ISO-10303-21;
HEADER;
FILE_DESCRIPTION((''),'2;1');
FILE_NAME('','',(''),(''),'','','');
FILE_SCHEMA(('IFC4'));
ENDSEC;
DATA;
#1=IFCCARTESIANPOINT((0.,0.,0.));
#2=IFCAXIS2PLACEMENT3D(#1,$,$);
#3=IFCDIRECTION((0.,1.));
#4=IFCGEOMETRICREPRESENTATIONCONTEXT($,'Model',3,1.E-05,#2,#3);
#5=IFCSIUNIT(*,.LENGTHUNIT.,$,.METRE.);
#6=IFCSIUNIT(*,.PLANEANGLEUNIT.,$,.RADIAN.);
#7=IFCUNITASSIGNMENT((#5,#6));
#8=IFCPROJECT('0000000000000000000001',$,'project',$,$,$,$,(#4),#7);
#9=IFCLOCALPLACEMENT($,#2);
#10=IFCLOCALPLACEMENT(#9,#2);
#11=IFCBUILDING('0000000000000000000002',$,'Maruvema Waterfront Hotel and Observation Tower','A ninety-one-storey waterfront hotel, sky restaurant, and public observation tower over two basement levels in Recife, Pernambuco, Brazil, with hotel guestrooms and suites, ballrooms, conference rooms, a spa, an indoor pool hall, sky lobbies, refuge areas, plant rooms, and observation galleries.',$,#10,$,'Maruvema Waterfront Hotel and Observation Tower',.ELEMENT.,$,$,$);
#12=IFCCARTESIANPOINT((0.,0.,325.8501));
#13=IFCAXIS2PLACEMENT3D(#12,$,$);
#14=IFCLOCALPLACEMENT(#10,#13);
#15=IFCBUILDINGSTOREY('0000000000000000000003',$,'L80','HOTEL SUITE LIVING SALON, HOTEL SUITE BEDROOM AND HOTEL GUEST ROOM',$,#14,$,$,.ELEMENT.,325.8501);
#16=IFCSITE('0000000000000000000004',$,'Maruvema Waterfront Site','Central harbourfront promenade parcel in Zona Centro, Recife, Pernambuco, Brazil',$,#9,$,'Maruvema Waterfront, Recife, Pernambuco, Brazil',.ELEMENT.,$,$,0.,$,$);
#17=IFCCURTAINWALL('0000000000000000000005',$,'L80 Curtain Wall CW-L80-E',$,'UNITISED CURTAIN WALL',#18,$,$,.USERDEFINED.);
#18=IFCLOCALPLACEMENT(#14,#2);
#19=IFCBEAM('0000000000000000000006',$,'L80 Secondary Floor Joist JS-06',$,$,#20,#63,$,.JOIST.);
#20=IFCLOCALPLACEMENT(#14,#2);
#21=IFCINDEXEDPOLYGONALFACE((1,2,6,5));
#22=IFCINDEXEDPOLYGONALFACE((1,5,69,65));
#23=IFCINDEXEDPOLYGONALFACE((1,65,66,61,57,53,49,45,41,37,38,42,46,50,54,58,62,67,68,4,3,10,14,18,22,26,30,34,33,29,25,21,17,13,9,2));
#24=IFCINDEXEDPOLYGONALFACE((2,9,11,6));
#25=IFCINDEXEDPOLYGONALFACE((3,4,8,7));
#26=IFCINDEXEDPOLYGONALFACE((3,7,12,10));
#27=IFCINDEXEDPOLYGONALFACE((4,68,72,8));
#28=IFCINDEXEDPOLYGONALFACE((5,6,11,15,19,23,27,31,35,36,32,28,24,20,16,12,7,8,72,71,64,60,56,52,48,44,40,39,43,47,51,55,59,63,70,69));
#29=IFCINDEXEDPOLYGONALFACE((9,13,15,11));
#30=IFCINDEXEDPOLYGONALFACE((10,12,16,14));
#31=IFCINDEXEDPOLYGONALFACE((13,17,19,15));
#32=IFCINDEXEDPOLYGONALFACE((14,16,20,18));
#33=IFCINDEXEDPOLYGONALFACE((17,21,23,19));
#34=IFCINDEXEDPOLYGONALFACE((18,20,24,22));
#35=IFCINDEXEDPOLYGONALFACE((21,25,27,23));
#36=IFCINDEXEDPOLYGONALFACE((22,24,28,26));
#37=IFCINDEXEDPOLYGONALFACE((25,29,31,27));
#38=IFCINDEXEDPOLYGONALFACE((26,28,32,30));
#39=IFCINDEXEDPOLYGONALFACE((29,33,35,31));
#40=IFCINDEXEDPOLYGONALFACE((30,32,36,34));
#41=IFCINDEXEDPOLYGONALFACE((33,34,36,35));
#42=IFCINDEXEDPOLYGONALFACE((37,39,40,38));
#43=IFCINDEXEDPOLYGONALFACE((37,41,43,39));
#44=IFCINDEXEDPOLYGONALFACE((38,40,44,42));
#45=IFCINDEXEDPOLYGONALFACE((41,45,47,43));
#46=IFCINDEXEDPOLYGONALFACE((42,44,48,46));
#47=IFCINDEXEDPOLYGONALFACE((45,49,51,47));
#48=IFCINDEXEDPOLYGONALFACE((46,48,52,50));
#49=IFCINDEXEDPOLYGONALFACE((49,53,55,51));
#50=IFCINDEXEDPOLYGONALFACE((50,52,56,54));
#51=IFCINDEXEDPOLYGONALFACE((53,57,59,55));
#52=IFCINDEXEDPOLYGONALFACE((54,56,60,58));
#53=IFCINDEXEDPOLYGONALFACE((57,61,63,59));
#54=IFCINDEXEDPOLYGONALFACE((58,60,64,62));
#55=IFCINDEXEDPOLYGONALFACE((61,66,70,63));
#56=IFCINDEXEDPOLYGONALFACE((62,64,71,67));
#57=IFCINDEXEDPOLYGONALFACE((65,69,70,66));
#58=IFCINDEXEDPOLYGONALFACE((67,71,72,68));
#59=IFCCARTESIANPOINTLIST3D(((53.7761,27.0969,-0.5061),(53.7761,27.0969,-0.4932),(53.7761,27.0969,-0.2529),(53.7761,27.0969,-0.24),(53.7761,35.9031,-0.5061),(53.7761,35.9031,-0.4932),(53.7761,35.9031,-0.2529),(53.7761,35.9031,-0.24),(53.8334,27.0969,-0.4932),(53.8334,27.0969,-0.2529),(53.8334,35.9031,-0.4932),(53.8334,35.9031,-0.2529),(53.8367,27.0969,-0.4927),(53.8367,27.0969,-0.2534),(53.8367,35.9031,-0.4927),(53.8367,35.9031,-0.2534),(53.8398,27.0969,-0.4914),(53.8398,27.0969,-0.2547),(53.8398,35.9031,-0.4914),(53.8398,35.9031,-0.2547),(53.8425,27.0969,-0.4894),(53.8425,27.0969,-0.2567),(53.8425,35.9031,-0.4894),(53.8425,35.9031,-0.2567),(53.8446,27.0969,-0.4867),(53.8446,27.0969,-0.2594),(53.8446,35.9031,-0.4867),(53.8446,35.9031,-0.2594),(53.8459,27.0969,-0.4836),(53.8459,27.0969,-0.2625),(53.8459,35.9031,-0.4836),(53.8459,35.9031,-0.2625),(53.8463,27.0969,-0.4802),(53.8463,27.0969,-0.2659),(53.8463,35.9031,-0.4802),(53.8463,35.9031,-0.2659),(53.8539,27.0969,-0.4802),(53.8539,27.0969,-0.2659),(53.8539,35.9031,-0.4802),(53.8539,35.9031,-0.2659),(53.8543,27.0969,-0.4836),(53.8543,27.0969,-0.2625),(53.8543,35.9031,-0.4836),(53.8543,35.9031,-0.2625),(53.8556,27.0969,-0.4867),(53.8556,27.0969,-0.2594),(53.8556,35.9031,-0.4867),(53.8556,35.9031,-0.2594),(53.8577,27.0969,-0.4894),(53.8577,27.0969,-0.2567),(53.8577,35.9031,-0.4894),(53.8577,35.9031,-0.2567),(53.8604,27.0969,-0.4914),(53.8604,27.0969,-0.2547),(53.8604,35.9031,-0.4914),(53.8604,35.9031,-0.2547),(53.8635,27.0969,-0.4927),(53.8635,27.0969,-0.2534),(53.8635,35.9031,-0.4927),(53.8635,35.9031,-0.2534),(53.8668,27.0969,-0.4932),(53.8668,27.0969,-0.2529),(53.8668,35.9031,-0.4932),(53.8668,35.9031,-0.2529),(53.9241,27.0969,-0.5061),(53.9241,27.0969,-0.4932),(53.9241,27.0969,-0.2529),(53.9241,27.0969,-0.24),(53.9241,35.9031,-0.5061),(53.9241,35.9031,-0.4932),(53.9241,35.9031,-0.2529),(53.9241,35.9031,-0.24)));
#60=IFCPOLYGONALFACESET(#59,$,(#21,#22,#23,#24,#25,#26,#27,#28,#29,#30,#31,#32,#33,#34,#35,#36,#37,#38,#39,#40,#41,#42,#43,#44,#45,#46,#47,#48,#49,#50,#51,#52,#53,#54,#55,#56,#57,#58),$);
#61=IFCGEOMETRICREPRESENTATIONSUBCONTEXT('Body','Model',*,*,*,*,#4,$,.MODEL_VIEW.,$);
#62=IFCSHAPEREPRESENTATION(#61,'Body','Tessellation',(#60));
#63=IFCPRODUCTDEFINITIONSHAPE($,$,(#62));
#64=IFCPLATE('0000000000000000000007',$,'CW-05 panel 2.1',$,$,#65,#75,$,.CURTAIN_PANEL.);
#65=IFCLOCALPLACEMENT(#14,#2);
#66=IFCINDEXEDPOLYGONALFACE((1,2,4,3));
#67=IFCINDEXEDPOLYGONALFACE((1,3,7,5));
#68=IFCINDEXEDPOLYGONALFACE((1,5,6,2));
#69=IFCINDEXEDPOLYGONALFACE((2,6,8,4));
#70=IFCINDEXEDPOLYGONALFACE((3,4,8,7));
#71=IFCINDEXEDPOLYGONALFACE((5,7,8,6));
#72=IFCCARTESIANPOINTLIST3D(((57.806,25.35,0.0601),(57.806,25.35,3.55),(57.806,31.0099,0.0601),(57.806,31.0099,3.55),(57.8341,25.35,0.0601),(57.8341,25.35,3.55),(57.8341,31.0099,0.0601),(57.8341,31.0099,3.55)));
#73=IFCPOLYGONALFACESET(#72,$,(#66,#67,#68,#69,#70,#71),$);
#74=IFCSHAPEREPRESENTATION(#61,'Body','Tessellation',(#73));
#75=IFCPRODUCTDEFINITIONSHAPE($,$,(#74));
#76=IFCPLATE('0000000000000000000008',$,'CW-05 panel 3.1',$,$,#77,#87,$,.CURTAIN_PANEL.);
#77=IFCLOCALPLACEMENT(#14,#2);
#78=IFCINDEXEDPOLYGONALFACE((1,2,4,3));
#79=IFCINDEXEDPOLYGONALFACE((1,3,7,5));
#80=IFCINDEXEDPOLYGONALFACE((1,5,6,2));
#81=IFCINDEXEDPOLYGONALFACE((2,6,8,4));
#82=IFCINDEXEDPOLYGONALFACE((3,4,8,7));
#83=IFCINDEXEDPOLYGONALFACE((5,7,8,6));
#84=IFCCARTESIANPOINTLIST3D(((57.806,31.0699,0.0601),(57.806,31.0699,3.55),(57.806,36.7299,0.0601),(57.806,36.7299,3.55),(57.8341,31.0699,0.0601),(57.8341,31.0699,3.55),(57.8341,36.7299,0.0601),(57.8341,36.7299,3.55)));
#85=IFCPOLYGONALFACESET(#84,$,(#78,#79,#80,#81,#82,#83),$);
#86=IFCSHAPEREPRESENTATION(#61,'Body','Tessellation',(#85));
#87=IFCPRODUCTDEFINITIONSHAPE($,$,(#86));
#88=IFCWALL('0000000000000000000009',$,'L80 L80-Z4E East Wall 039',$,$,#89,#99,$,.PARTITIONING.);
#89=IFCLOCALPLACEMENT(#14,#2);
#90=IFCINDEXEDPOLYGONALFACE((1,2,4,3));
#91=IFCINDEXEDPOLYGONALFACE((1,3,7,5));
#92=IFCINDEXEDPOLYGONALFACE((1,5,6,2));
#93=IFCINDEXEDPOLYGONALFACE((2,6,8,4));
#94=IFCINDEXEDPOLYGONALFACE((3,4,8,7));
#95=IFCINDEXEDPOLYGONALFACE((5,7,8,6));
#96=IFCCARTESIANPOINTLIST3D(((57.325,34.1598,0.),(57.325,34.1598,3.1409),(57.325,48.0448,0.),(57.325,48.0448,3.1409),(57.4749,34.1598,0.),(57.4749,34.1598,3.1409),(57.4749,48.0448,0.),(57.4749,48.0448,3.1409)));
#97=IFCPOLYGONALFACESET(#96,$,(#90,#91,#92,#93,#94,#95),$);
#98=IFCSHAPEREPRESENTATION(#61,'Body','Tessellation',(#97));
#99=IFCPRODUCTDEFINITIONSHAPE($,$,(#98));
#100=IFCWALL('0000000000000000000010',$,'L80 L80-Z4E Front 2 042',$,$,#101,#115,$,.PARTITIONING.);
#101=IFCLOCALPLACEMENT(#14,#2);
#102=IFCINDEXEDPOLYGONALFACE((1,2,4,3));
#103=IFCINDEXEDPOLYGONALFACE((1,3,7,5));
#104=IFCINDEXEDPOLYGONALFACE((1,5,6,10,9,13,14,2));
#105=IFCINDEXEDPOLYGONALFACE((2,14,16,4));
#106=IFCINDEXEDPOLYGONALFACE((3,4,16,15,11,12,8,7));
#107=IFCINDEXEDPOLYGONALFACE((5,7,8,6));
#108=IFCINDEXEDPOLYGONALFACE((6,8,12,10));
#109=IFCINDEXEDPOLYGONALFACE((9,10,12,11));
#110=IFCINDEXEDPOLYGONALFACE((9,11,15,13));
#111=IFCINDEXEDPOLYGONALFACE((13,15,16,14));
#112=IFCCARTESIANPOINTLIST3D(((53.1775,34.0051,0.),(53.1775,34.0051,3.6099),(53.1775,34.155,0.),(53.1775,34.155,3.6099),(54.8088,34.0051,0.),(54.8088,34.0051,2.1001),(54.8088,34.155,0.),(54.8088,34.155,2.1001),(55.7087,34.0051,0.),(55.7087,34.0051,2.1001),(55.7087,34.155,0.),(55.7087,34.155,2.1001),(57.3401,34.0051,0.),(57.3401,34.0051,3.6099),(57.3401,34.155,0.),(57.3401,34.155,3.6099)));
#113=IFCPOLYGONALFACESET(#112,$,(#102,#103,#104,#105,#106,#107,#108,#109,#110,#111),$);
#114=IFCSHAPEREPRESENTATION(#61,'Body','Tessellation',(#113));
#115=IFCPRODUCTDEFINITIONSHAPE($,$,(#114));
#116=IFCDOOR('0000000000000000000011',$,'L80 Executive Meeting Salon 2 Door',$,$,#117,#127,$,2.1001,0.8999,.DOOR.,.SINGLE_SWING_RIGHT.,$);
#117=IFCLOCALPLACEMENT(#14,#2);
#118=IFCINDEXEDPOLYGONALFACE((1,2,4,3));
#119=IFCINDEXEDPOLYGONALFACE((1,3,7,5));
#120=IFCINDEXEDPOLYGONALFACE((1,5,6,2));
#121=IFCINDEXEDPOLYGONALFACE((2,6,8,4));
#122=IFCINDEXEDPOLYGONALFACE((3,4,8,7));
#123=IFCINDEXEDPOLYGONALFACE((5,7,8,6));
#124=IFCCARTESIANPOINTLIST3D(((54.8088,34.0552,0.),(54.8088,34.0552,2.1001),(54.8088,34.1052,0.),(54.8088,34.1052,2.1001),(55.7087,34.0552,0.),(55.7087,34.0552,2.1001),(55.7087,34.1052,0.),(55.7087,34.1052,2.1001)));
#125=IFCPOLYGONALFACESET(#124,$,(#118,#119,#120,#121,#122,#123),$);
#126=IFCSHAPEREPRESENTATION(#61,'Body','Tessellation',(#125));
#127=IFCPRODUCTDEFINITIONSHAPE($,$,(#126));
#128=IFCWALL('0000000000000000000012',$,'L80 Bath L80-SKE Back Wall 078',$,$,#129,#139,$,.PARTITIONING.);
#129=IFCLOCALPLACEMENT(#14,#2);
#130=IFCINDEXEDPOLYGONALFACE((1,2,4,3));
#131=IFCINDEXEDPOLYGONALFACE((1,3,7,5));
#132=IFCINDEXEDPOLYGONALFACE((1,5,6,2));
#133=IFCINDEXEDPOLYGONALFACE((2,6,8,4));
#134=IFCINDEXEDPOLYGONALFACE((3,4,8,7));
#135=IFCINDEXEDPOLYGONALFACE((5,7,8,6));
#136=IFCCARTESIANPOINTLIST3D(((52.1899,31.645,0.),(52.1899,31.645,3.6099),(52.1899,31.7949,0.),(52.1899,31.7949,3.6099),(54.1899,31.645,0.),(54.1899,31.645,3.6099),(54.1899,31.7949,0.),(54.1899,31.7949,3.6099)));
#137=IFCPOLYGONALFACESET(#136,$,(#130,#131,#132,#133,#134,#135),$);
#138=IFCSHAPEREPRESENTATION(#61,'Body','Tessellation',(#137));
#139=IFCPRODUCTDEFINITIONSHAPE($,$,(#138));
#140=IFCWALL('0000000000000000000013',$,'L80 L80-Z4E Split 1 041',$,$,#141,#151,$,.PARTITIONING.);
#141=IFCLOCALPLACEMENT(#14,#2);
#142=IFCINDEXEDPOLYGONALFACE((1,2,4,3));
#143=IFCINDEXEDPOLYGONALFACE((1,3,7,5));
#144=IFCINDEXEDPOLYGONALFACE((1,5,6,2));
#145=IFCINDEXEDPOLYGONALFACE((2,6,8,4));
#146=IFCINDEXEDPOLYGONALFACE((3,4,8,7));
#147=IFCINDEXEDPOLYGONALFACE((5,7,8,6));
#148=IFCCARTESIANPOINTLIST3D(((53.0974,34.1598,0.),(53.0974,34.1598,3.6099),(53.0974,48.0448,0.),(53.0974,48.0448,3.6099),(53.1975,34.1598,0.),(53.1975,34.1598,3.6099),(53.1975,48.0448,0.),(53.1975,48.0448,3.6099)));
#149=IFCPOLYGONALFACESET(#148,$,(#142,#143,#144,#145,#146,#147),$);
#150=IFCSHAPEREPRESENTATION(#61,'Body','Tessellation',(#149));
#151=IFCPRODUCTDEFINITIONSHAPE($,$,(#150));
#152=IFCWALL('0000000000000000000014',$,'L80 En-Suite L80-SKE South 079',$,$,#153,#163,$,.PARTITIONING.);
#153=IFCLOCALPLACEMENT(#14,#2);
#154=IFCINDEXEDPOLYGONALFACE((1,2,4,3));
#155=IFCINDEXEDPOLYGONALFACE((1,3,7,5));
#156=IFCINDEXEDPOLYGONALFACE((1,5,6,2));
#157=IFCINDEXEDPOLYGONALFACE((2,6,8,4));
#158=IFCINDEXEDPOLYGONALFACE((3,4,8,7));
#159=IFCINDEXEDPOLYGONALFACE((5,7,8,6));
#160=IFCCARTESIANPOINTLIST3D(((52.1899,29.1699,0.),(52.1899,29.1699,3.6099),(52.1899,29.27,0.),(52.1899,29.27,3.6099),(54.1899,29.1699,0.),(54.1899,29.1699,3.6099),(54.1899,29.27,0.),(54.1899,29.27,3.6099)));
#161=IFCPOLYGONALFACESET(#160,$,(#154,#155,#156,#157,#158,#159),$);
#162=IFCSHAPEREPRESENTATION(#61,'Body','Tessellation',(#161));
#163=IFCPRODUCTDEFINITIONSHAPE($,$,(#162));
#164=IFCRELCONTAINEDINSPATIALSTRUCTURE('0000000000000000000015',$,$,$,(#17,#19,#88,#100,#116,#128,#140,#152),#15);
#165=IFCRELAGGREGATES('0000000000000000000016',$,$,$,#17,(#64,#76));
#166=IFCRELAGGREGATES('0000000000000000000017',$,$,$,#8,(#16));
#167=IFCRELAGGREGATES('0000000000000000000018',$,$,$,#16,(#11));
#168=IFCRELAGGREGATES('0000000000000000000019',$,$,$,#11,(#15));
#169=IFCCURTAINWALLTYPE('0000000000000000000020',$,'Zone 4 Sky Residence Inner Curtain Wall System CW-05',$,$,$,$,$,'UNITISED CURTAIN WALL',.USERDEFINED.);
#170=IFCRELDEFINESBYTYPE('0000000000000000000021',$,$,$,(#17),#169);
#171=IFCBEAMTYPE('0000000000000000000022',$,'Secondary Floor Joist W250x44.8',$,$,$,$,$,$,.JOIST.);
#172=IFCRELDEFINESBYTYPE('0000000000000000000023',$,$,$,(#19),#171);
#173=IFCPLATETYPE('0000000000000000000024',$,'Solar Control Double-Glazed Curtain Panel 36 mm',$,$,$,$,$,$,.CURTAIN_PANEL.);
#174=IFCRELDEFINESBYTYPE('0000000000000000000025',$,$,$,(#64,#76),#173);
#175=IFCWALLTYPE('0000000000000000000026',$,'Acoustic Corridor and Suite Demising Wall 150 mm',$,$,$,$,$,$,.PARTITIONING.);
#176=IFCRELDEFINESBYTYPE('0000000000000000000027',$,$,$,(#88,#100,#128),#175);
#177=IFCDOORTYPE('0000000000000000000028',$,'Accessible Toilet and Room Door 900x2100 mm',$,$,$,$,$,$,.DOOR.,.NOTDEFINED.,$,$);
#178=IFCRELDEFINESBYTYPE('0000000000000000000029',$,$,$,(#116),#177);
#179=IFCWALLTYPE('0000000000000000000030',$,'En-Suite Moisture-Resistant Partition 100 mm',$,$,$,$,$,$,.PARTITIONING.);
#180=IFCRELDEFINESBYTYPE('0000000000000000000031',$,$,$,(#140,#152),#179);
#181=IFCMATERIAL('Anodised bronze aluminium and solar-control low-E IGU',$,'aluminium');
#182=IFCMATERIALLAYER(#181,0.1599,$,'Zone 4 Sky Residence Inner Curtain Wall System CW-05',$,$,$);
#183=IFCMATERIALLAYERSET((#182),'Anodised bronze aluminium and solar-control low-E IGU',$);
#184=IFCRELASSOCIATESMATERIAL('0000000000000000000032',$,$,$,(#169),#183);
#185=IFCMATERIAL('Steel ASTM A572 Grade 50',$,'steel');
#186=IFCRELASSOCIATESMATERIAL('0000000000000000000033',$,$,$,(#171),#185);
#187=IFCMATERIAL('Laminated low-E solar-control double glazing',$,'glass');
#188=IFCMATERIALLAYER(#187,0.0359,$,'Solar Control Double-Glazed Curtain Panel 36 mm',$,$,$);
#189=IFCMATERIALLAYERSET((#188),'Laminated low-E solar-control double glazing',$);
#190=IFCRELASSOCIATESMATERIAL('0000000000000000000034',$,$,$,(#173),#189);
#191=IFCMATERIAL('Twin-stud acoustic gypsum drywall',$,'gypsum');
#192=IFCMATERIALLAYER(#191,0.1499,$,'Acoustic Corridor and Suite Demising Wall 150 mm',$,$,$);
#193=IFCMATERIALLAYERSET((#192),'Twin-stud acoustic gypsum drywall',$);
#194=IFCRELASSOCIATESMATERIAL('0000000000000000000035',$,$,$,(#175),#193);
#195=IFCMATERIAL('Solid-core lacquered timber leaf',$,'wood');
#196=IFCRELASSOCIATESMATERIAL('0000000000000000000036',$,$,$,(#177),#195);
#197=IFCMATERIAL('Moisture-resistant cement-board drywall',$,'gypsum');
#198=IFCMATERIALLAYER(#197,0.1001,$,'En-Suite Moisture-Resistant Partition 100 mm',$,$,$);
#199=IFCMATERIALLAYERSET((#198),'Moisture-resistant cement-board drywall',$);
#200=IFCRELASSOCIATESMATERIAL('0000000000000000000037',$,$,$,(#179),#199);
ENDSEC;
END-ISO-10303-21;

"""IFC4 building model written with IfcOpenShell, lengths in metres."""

from ifc_helpers import new_model, si_unit, direction, frame, frame_2d, origin, origin_2d, place, context, subcontext, project, spatial, rectangle, i_section, extrude, material, layer, layer_set, material_profile, profile_set, type_object, element, fill, aggregate, save


model = new_model("IFC4")

# Units and contexts
model_context = context("Model", 3, precision=1e-05, world=origin(), true_north=direction((0.0, 1.0)))
body_context = subcontext(model_context, "Body", "Model", "MODEL_VIEW")
ifc_project = project(units=[si_unit("LENGTHUNIT", "METRE"), si_unit("PLANEANGLEUNIT", "RADIAN")], contexts=[model_context])

# Site, building, storey
site_placement = place(None, origin())
site = spatial("IfcSite", under=ifc_project, at=site_placement, Name="Maruvema Waterfront Site", Description="Central harbourfront promenade parcel in Zona Centro, Recife, Pernambuco, Brazil", LongName="Maruvema Waterfront, Recife, Pernambuco, Brazil", CompositionType="ELEMENT", RefElevation=0.0)
building_placement = place(site_placement, origin())
building = spatial("IfcBuilding", under=site, at=building_placement, Name="Maruvema Waterfront Hotel and Observation Tower", Description="A ninety-one-storey waterfront hotel, sky restaurant, and public observation tower over two basement levels in Recife, Pernambuco, Brazil, with hotel guestrooms and suites, ballrooms, conference rooms, a spa, an indoor pool hall, sky lobbies, refuge areas, plant rooms, and observation galleries.", LongName="Maruvema Waterfront Hotel and Observation Tower", CompositionType="ELEMENT")
storey_placement = place(building_placement, frame((0.0, 0.0, 325.8501)))
storey = spatial("IfcBuildingStorey", under=building, at=storey_placement, Name="L80", Description="HOTEL SUITE LIVING SALON, HOTEL SUITE BEDROOM AND HOTEL GUEST ROOM", CompositionType="ELEMENT", Elevation=325.8501)

# Curtain wall
ifc_material_1 = material(Name="Anodised bronze aluminium and solar-control low-E IGU", Category="aluminium")
ifc_layer_1 = layer(ifc_material_1, 0.1599, Name="Zone 4 Sky Residence Inner Curtain Wall System CW-05")
ifc_layer_set_1 = layer_set([ifc_layer_1], Name="Anodised bronze aluminium and solar-control low-E IGU")
curtain_wall_type = type_object("IfcCurtainWallType", Name="Zone 4 Sky Residence Inner Curtain Wall System CW-05", ElementType="UNITISED CURTAIN WALL", PredefinedType="USERDEFINED", material=ifc_layer_set_1)
curtain_wall_placement = place(storey_placement, origin())
curtain_wall = element("IfcCurtainWall", 1, at=curtain_wall_placement, inside=storey, type_object=curtain_wall_type, Name="L80 Curtain Wall CW-L80-E", ObjectType="UNITISED CURTAIN WALL", PredefinedType="USERDEFINED")

# Beam
ifc_material_2 = material(Name="Steel ASTM A572 Grade 50", Category="steel")
ifc_material_profile_1 = material_profile(ifc_material_2, i_section(OverallWidth=0.1479, OverallDepth=0.2661, WebThickness=0.0076, FlangeThickness=0.0129, FilletRadius=0.0129, at=origin_2d()), Name="W250x44.8")
ifc_profile_set_1 = profile_set([ifc_material_profile_1], Name="Steel ASTM A572 Grade 50")
beam_type_1 = type_object("IfcBeamType", Name="Secondary Floor Joist W250x44.8", PredefinedType="JOIST", material=ifc_profile_set_1)
beam_1_placement = place(storey_placement, frame((53.8501, 27.0969, -0.373), z_axis=(0.0, 1.0, 0.0), x_axis=(-1.0, 0.0, 0.0)))
element("IfcBeam", 2, at=beam_1_placement, inside=storey, type_object=beam_type_1, Name="L80 Secondary Floor Joist JS-06", PredefinedType="JOIST", context=body_context, shape_type="SweptSolid", body=[
    extrude(i_section(OverallWidth=0.1479, OverallDepth=0.2661, WebThickness=0.0076, FlangeThickness=0.0129, FilletRadius=0.0129, at=origin_2d()), origin(), (0.0, 0.0, 1.0), 8.8062),
])

# Plates
ifc_material_3 = material(Name="Laminated low-E solar-control double glazing", Category="glass")
ifc_layer_2 = layer(ifc_material_3, 0.0359, Name="Solar Control Double-Glazed Curtain Panel 36 mm")
ifc_layer_set_2 = layer_set([ifc_layer_2], Name="Laminated low-E solar-control double glazing")
plate_type = type_object("IfcPlateType", Name="Solar Control Double-Glazed Curtain Panel 36 mm", PredefinedType="CURTAIN_PANEL", material=ifc_layer_set_2)
plate_1_placement = place(storey_placement, frame((57.8201, 28.1799, 0.0601), z_axis=(0.0, 0.0, 1.0), x_axis=(0.0, 1.0, 0.0)))
plate_1 = element("IfcPlate", 3, at=plate_1_placement, type_object=plate_type, Name="CW-05 panel 2.1", PredefinedType="CURTAIN_PANEL", context=body_context, shape_type="SweptSolid", body=[
    extrude(rectangle(XDim=5.6599, YDim=0.0281, at=origin_2d()), origin(), (0.0, 0.0, 1.0), 3.49),
])
plate_2_placement = place(storey_placement, frame((57.8201, 33.8999, 0.0601), z_axis=(0.0, 0.0, 1.0), x_axis=(0.0, 1.0, 0.0)))
plate_2 = element("IfcPlate", 4, at=plate_2_placement, type_object=plate_type, Name="CW-05 panel 3.1", PredefinedType="CURTAIN_PANEL", context=body_context, shape_type="SweptSolid", body=[
    extrude(rectangle(XDim=5.6599, YDim=0.0281, at=origin_2d()), origin(), (0.0, 0.0, 1.0), 3.49),
])
aggregate(curtain_wall, [plate_1, plate_2])

# Wall
ifc_material_4 = material(Name="Twin-stud acoustic gypsum drywall", Category="gypsum")
ifc_layer_3 = layer(ifc_material_4, 0.1499, Name="Acoustic Corridor and Suite Demising Wall 150 mm")
ifc_layer_set_3 = layer_set([ifc_layer_3], Name="Twin-stud acoustic gypsum drywall")
wall_type_1 = type_object("IfcWallType", Name="Acoustic Corridor and Suite Demising Wall 150 mm", PredefinedType="PARTITIONING", material=ifc_layer_set_3)
wall_1_placement = place(storey_placement, frame((57.3999, 34.1599, 0.0), z_axis=(0.0, 0.0, 1.0), x_axis=(0.0, 1.0, 0.0)))
element("IfcWall", 5, at=wall_1_placement, inside=storey, type_object=wall_type_1, Name="L80 L80-Z4E East Wall 039", PredefinedType="PARTITIONING", context=body_context, shape_type="SweptSolid", body=[
    extrude(rectangle(XDim=13.885, YDim=0.1499, at=frame_2d((6.9424, 0.0))), origin(), (0.0, 0.0, 1.0), 3.1409),
])

# Wall, opening, door
wall_2_placement = place(storey_placement, frame((53.1775, 34.0801, 0.0), z_axis=(0.0, 0.0, 1.0), x_axis=(1.0, 0.0, 0.0)))
wall_2 = element("IfcWall", 6, at=wall_2_placement, inside=storey, type_object=wall_type_1, Name="L80 L80-Z4E Front 2 042", PredefinedType="PARTITIONING", context=body_context, shape_type="SweptSolid", body=[
    extrude(rectangle(XDim=4.1626, YDim=0.1499, at=frame_2d((2.0813, 0.0))), origin(), (0.0, 0.0, 1.0), 3.6099),
])
opening_1_placement = place(wall_2_placement, frame((1.6313, 0.0, 0.0)))
opening_1 = element("IfcOpeningElement", 7, at=opening_1_placement, cuts=wall_2, PredefinedType="OPENING", context=body_context, shape_type="SweptSolid", body=[
    extrude(rectangle(XDim=0.8999, YDim=2.1001, at=frame_2d((0.45, 1.05))), frame((0.0, 0.085, 0.0), z_axis=(0.0, -1.0, 0.0), x_axis=(1.0, 0.0, 0.0)), (0.0, 0.0, 1.0), 0.1699),
])
ifc_material_5 = material(Name="Solid-core lacquered timber leaf", Category="wood")
door_type_1 = type_object("IfcDoorType", Name="Accessible Toilet and Room Door 900x2100 mm", OperationType="NOTDEFINED", PredefinedType="DOOR", material=ifc_material_5)
door_1_placement = place(opening_1_placement, frame((0.8999, 0.0, 0.0), z_axis=(0.0, 0.0, 1.0), x_axis=(-1.0, 0.0, 0.0)))
door_1 = element("IfcDoor", 8, at=door_1_placement, inside=storey, type_object=door_type_1, Name="L80 Executive Meeting Salon 2 Door", OperationType="SINGLE_SWING_RIGHT", OverallHeight=2.1001, OverallWidth=0.8999, PredefinedType="DOOR", context=body_context, shape_type="SweptSolid", body=[
    extrude(rectangle(XDim=0.8999, YDim=2.1001, at=frame_2d((0.45, 1.05))), frame((0.0, 0.0249, 0.0), z_axis=(0.0, -1.0, 0.0), x_axis=(1.0, 0.0, 0.0)), (0.0, 0.0, 1.0), 0.05),
])
fill(opening_1, door_1)

# Wall
wall_3_placement = place(storey_placement, frame((52.1899, 31.72, 0.0), z_axis=(0.0, 0.0, 1.0), x_axis=(1.0, 0.0, 0.0)))
element("IfcWall", 9, at=wall_3_placement, inside=storey, type_object=wall_type_1, Name="L80 Bath L80-SKE Back Wall 078", PredefinedType="PARTITIONING", context=body_context, shape_type="SweptSolid", body=[
    extrude(rectangle(XDim=2.0, YDim=0.1499, at=frame_2d((1.0, 0.0))), origin(), (0.0, 0.0, 1.0), 3.6099),
])

# Walls
ifc_material_6 = material(Name="Moisture-resistant cement-board drywall", Category="gypsum")
ifc_layer_4 = layer(ifc_material_6, 0.1001, Name="En-Suite Moisture-Resistant Partition 100 mm")
ifc_layer_set_4 = layer_set([ifc_layer_4], Name="Moisture-resistant cement-board drywall")
wall_type_2 = type_object("IfcWallType", Name="En-Suite Moisture-Resistant Partition 100 mm", PredefinedType="PARTITIONING", material=ifc_layer_set_4)
wall_4_placement = place(storey_placement, frame((53.1475, 34.1599, 0.0), z_axis=(0.0, 0.0, 1.0), x_axis=(0.0, 1.0, 0.0)))
element("IfcWall", 10, at=wall_4_placement, inside=storey, type_object=wall_type_2, Name="L80 L80-Z4E Split 1 041", PredefinedType="PARTITIONING", context=body_context, shape_type="SweptSolid", body=[
    extrude(rectangle(XDim=13.885, YDim=0.1001, at=frame_2d((6.9424, 0.0))), origin(), (0.0, 0.0, 1.0), 3.6099),
])
wall_5_placement = place(storey_placement, frame((52.1899, 29.22, 0.0), z_axis=(0.0, 0.0, 1.0), x_axis=(1.0, 0.0, 0.0)))
element("IfcWall", 11, at=wall_5_placement, inside=storey, type_object=wall_type_2, Name="L80 En-Suite L80-SKE South 079", PredefinedType="PARTITIONING", context=body_context, shape_type="SweptSolid", body=[
    extrude(rectangle(XDim=2.0, YDim=0.1001, at=frame_2d((1.0, 0.0))), origin(), (0.0, 0.0, 1.0), 3.6099),
])

save(model, "model.ifc")
